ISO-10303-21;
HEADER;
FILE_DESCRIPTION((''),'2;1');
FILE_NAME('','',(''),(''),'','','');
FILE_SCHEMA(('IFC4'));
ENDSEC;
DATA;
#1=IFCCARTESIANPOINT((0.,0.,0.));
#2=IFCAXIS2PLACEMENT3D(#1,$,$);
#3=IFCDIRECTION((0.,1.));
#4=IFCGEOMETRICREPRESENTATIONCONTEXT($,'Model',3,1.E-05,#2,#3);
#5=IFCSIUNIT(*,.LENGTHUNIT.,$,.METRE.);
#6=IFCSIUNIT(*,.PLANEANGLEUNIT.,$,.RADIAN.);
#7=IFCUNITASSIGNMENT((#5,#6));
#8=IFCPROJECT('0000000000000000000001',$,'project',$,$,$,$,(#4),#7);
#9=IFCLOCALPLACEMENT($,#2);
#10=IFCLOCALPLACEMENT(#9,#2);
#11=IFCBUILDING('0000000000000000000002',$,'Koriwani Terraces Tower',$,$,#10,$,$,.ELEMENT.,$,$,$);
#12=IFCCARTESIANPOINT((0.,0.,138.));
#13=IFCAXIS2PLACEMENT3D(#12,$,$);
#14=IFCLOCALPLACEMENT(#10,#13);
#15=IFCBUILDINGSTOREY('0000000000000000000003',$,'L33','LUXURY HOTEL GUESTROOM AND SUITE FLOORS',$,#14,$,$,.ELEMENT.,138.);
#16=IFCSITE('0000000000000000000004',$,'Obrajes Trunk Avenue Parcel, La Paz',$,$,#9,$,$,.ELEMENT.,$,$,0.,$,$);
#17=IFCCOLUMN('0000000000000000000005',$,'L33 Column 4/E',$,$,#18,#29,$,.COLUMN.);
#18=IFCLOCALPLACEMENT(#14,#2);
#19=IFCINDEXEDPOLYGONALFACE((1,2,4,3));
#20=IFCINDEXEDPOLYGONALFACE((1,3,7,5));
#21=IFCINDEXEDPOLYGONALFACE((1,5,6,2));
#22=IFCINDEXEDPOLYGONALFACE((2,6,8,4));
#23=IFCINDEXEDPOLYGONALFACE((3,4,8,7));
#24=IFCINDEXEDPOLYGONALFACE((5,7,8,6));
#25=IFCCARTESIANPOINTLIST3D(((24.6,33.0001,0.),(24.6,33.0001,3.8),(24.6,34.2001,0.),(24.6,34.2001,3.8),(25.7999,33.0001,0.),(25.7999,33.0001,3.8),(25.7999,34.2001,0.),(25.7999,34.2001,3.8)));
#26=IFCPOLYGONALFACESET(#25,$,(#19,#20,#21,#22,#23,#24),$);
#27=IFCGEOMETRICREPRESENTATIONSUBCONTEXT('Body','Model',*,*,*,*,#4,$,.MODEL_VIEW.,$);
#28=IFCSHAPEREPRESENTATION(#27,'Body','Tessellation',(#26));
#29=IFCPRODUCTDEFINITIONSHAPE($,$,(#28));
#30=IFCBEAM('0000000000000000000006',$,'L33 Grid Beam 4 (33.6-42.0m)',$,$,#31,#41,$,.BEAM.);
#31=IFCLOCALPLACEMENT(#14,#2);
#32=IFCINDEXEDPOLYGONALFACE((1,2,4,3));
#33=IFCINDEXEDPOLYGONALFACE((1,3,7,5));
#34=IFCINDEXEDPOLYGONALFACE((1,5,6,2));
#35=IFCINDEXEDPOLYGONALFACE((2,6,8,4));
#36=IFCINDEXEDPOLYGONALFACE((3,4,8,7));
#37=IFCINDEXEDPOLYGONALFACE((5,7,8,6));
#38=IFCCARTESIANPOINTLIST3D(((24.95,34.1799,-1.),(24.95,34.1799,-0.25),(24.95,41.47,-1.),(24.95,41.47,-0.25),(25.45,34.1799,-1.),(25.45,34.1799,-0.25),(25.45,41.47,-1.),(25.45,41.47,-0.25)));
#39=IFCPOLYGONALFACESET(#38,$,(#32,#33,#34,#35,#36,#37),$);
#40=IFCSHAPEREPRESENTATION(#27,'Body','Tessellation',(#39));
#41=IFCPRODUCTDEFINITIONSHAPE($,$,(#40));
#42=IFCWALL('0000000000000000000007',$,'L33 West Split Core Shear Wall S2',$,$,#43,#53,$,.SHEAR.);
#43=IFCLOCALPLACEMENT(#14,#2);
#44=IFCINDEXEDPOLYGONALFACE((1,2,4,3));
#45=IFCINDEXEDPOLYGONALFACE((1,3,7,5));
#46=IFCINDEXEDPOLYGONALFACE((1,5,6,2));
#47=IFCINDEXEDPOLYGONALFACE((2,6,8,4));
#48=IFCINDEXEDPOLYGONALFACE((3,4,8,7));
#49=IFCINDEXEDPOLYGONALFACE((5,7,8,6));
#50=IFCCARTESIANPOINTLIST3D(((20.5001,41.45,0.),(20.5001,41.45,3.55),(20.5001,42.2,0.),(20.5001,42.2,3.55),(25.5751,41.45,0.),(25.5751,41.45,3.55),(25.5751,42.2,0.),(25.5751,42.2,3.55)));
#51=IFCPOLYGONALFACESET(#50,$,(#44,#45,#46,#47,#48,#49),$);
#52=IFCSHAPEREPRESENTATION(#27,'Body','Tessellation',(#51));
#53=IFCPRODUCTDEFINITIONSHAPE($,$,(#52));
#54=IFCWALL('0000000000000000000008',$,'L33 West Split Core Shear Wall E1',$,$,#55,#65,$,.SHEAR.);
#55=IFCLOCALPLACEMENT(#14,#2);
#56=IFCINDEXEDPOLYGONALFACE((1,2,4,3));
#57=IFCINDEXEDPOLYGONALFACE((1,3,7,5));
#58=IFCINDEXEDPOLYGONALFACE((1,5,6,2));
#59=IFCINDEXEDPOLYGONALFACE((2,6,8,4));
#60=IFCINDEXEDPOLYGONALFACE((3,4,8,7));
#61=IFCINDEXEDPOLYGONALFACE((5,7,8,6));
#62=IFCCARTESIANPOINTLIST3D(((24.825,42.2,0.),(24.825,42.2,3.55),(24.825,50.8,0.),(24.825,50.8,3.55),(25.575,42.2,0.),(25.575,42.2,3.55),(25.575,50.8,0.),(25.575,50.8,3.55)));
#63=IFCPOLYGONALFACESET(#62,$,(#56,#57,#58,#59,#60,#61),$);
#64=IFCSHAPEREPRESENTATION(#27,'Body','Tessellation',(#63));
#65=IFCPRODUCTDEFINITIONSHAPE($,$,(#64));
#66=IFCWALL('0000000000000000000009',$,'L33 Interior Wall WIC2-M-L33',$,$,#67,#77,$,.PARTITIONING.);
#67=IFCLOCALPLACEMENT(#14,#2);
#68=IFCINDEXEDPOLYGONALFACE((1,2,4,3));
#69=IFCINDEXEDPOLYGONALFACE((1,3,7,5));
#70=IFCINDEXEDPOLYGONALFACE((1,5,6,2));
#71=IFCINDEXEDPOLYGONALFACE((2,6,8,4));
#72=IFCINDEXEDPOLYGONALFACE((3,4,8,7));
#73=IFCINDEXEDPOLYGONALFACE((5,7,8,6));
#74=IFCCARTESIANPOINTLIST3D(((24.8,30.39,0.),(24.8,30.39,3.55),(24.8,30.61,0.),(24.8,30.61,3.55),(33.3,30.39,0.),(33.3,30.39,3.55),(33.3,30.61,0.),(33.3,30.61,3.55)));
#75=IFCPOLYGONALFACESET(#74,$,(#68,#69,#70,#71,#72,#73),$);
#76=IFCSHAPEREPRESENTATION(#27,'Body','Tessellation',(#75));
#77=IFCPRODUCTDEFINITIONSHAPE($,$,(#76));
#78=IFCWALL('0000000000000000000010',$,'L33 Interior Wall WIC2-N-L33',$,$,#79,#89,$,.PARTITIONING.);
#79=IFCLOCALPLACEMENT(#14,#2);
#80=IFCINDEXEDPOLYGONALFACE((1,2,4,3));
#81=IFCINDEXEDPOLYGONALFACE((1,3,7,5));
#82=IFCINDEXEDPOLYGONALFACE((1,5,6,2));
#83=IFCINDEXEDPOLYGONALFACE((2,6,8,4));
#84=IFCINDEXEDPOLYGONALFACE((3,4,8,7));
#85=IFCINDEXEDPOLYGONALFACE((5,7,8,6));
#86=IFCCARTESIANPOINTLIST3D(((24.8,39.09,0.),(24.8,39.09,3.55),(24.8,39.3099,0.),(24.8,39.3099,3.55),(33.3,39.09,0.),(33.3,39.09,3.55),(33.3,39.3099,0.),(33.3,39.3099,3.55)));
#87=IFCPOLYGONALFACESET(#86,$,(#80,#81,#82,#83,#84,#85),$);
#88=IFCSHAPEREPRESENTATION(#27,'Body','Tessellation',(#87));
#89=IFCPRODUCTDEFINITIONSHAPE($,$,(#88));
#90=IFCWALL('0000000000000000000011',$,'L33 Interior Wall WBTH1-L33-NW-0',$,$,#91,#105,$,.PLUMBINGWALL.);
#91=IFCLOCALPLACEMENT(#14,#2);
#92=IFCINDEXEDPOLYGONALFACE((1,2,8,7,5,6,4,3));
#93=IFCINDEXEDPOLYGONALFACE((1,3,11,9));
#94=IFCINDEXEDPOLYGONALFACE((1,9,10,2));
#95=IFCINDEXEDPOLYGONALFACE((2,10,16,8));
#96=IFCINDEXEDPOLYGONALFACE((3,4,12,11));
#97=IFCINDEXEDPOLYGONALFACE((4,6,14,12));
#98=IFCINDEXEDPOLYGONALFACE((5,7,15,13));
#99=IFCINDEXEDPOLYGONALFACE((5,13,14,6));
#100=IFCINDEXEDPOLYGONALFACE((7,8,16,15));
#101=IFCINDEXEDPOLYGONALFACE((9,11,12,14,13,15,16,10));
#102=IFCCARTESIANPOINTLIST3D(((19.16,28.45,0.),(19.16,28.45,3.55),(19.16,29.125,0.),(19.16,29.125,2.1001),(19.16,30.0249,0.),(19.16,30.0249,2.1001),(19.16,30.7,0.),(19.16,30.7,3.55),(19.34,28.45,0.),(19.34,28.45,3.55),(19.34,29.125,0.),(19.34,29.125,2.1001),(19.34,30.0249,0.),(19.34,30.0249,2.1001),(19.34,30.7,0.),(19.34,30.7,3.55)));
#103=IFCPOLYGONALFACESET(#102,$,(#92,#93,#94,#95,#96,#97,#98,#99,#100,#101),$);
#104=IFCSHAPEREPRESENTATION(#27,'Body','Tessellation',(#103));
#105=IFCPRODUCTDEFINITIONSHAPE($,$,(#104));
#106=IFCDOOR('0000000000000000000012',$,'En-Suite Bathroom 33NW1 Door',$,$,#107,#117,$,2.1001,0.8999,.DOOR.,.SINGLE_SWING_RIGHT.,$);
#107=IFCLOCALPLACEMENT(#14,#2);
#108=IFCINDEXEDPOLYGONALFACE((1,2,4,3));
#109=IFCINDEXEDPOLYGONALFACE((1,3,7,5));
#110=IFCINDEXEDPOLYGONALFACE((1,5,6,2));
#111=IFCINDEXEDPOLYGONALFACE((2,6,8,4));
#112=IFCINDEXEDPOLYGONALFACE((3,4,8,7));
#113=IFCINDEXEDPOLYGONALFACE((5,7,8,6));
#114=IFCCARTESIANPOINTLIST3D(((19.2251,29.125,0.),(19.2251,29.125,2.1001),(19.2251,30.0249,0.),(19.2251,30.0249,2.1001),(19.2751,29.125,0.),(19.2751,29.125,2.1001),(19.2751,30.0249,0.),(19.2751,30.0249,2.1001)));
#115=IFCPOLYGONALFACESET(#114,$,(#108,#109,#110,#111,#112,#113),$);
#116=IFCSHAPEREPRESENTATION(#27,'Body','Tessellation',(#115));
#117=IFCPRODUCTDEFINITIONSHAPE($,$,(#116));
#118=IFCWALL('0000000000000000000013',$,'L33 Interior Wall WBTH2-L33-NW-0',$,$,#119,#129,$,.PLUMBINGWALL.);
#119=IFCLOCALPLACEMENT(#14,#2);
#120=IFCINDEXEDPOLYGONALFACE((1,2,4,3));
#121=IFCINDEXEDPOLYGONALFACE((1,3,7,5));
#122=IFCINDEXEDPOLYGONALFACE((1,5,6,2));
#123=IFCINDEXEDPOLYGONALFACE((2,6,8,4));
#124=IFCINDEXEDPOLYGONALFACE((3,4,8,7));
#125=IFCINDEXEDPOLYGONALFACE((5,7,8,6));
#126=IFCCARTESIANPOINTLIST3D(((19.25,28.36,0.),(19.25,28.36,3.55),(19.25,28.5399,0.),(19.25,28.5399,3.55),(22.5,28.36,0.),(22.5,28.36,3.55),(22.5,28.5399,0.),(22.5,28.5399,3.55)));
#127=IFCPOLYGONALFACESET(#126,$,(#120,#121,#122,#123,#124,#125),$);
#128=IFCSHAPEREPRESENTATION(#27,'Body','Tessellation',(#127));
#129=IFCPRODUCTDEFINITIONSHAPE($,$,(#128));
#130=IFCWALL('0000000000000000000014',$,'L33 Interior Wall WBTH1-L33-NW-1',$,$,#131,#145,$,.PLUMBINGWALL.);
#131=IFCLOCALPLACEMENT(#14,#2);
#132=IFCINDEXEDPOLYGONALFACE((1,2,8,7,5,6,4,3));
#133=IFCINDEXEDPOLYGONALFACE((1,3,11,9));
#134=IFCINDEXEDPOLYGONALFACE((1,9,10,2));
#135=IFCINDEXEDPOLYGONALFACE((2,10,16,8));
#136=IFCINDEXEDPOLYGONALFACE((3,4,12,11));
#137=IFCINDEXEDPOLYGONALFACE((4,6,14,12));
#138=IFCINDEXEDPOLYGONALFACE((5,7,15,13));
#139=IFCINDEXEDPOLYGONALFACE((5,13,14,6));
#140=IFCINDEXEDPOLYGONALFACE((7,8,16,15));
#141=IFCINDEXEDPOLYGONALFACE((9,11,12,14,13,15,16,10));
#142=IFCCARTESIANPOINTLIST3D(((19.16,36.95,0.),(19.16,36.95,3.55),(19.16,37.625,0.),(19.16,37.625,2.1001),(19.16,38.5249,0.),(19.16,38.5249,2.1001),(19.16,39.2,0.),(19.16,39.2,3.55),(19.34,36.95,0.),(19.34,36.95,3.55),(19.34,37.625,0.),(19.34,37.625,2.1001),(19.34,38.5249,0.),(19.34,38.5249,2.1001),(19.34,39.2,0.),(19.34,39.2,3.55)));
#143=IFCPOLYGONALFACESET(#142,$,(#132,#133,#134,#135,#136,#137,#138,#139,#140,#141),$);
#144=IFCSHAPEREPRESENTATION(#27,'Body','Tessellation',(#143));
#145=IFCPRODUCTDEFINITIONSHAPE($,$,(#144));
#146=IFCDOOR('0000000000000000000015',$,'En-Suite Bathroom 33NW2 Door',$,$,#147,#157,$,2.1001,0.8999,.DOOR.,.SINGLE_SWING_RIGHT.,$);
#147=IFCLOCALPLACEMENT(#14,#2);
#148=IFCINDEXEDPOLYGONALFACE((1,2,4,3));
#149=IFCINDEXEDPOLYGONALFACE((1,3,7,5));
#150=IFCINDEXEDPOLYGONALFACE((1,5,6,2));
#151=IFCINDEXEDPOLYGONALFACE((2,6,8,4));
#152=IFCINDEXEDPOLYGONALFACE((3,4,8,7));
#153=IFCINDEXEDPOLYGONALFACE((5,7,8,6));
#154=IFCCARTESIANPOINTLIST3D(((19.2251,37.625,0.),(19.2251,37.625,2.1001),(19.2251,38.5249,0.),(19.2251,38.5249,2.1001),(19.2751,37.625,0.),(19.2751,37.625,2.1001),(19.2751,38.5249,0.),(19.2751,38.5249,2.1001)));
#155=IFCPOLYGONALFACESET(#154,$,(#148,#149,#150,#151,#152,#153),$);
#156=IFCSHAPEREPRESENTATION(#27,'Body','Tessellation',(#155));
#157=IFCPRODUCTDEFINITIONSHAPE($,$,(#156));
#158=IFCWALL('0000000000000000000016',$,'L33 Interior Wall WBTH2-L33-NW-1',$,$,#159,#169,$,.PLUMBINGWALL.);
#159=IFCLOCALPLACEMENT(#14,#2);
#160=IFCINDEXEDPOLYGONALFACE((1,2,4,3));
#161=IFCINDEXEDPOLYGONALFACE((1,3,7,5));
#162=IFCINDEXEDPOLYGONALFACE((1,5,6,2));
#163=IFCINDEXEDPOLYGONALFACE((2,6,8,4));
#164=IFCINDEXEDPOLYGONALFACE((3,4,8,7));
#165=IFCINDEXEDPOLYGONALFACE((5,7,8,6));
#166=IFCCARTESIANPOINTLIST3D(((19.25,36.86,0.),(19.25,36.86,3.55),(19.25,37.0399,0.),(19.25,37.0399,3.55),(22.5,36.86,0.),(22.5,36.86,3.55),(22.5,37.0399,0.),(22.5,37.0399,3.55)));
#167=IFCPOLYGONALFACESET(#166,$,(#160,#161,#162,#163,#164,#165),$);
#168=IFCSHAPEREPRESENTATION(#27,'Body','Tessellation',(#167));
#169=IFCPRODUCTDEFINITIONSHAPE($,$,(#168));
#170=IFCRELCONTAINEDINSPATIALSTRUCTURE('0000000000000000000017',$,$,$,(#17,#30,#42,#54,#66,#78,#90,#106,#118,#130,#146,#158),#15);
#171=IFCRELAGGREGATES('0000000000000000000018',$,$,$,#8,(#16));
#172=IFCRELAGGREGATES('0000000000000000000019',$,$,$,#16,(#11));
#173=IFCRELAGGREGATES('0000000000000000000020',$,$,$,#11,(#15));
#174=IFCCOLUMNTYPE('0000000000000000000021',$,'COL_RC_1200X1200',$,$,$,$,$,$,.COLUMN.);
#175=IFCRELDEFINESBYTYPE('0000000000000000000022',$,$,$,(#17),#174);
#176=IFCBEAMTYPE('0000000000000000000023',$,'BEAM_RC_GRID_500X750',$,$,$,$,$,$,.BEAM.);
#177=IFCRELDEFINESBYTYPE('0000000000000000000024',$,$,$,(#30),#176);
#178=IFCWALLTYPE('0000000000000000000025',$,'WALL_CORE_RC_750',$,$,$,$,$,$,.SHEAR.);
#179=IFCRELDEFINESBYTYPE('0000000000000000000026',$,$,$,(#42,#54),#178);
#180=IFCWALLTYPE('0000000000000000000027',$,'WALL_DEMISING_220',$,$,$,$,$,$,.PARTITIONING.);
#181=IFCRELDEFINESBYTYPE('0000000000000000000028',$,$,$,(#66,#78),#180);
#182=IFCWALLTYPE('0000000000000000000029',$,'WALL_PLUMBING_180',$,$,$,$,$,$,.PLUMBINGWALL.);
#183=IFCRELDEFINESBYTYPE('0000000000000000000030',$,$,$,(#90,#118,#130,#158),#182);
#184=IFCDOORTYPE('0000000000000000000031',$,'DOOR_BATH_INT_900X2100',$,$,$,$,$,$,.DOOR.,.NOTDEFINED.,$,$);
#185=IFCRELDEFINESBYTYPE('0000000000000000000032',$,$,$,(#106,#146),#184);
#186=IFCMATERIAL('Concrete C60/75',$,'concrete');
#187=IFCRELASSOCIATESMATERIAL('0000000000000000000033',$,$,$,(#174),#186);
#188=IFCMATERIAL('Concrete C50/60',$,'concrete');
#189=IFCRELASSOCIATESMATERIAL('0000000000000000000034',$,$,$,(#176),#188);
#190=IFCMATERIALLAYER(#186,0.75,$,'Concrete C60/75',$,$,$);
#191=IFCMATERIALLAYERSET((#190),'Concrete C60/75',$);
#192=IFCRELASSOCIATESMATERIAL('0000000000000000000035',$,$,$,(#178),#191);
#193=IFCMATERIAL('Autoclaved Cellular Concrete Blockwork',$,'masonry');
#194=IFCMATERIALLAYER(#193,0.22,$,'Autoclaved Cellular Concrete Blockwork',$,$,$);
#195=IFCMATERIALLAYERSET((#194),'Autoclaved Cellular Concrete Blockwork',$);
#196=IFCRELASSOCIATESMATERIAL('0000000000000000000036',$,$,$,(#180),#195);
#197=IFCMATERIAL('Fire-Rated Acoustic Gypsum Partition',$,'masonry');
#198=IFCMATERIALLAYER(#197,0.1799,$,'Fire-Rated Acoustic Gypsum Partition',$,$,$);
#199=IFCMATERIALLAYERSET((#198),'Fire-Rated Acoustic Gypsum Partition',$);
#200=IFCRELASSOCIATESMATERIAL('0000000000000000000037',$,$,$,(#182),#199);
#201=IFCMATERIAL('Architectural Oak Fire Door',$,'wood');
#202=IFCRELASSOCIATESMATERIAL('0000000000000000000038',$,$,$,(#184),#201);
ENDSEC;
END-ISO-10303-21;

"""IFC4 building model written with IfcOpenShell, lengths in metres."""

from ifc_helpers import new_model, si_unit, direction, frame, frame_2d, origin, origin_2d, place, context, subcontext, project, spatial, rectangle, extrude, material, layer, layer_set, material_profile, profile_set, type_object, element, fill, save


model = new_model("IFC4")

# Units and contexts
model_context = context("Model", 3, precision=1e-05, world=origin(), true_north=direction((0.0, 1.0)))
body_context = subcontext(model_context, "Body", "Model", "MODEL_VIEW")
ifc_project = project(units=[si_unit("LENGTHUNIT", "METRE"), si_unit("PLANEANGLEUNIT", "RADIAN")], contexts=[model_context])

# Site, building, storey
site_placement = place(None, origin())
site = spatial("IfcSite", under=ifc_project, at=site_placement, Name="Obrajes Trunk Avenue Parcel, La Paz", CompositionType="ELEMENT", RefElevation=0.0)
building_placement = place(site_placement, origin())
building = spatial("IfcBuilding", under=site, at=building_placement, Name="Koriwani Terraces Tower", CompositionType="ELEMENT")
storey_placement = place(building_placement, frame((0.0, 0.0, 138.0)))
storey = spatial("IfcBuildingStorey", under=building, at=storey_placement, Name="L33", Description="LUXURY HOTEL GUESTROOM AND SUITE FLOORS", CompositionType="ELEMENT", Elevation=138.0)

# Column
ifc_material_1 = material(Name="Concrete C60/75", Category="concrete")
ifc_material_profile_1 = material_profile(ifc_material_1, rectangle(XDim=1.2, YDim=1.2, at=origin_2d()), Name="Concrete C60/75", Category="LoadBearing")
ifc_profile_set_1 = profile_set([ifc_material_profile_1], Name="Concrete C60/75")
column_type = type_object("IfcColumnType", Name="COL_RC_1200X1200", PredefinedType="COLUMN", material=ifc_profile_set_1)
column_placement = place(storey_placement, frame((25.2, 33.6001, 0.0), z_axis=(0.0, 0.0, 1.0), x_axis=(1.0, 0.0, 0.0)))
element("IfcColumn", 1, at=column_placement, inside=storey, type_object=column_type, Name="L33 Column 4/E", PredefinedType="COLUMN", context=body_context, shape_type="SweptSolid", body=[
    extrude(rectangle(XDim=1.2, YDim=1.2, at=origin_2d()), origin(), (0.0, 0.0, 1.0), 3.8),
])

# Beam
ifc_material_2 = material(Name="Concrete C50/60", Category="concrete")
ifc_material_profile_2 = material_profile(ifc_material_2, rectangle(XDim=0.5, YDim=0.75, at=origin_2d()), Name="Concrete C50/60", Category="LoadBearing")
ifc_profile_set_2 = profile_set([ifc_material_profile_2], Name="Concrete C50/60")
beam_type = type_object("IfcBeamType", Name="BEAM_RC_GRID_500X750", PredefinedType="BEAM", material=ifc_profile_set_2)
beam_placement = place(storey_placement, frame((25.2, 34.1799, -0.625), z_axis=(0.0, 1.0, 0.0), x_axis=(-1.0, 0.0, 0.0)))
element("IfcBeam", 2, at=beam_placement, inside=storey, type_object=beam_type, Name="L33 Grid Beam 4 (33.6-42.0m)", PredefinedType="BEAM", context=body_context, shape_type="SweptSolid", body=[
    extrude(rectangle(XDim=0.5, YDim=0.75, at=origin_2d()), origin(), (0.0, 0.0, 1.0), 7.29),
])

# Walls
ifc_layer_1 = layer(ifc_material_1, 0.75, Name="Concrete C60/75")
ifc_layer_set_1 = layer_set([ifc_layer_1], Name="Concrete C60/75")
wall_type_1 = type_object("IfcWallType", Name="WALL_CORE_RC_750", PredefinedType="SHEAR", material=ifc_layer_set_1)
wall_1_placement = place(storey_placement, frame((20.5, 41.825, 0.0), z_axis=(0.0, 0.0, 1.0), x_axis=(1.0, 0.0, 0.0)))
element("IfcWall", 3, at=wall_1_placement, inside=storey, type_object=wall_type_1, Name="L33 West Split Core Shear Wall S2", PredefinedType="SHEAR", context=body_context, shape_type="SweptSolid", body=[
    extrude(rectangle(XDim=5.075, YDim=0.75, at=frame_2d((2.5376, 0.0))), origin(), (0.0, 0.0, 1.0), 3.55),
])
wall_2_placement = place(storey_placement, frame((25.2, 42.2, 0.0), z_axis=(0.0, 0.0, 1.0), x_axis=(0.0, 1.0, 0.0)))
element("IfcWall", 4, at=wall_2_placement, inside=storey, type_object=wall_type_1, Name="L33 West Split Core Shear Wall E1", PredefinedType="SHEAR", context=body_context, shape_type="SweptSolid", body=[
    extrude(rectangle(XDim=8.6001, YDim=0.75, at=frame_2d((4.3, 0.0))), origin(), (0.0, 0.0, 1.0), 3.55),
])
ifc_material_3 = material(Name="Autoclaved Cellular Concrete Blockwork", Category="masonry")
ifc_layer_2 = layer(ifc_material_3, 0.22, Name="Autoclaved Cellular Concrete Blockwork")
ifc_layer_set_2 = layer_set([ifc_layer_2], Name="Autoclaved Cellular Concrete Blockwork")
wall_type_2 = type_object("IfcWallType", Name="WALL_DEMISING_220", PredefinedType="PARTITIONING", material=ifc_layer_set_2)
for number, where, z_axis, x_axis, name in (
    (5, (24.8, 30.5, 0.0), (0.0, 0.0, 1.0), (1.0, 0.0, 0.0), "L33 Interior Wall WIC2-M-L33"),
    (6, (24.8, 39.2, 0.0), (0.0, 0.0, 1.0), (1.0, 0.0, 0.0), "L33 Interior Wall WIC2-N-L33"),
):
    element("IfcWall", number, at=place(storey_placement, frame(where, z_axis=z_axis, x_axis=x_axis)), inside=storey, type_object=wall_type_2, Name=name, PredefinedType="PARTITIONING", context=body_context, shape_type="SweptSolid", body=[
        extrude(rectangle(XDim=8.5, YDim=0.22, at=frame_2d((4.25, 0.0))), origin(), (0.0, 0.0, 1.0), 3.55),
    ])

# Wall, opening, door
ifc_material_4 = material(Name="Fire-Rated Acoustic Gypsum Partition", Category="masonry")
ifc_layer_3 = layer(ifc_material_4, 0.1799, Name="Fire-Rated Acoustic Gypsum Partition")
ifc_layer_set_3 = layer_set([ifc_layer_3], Name="Fire-Rated Acoustic Gypsum Partition")
wall_type_3 = type_object("IfcWallType", Name="WALL_PLUMBING_180", PredefinedType="PLUMBINGWALL", material=ifc_layer_set_3)
wall_3_placement = place(storey_placement, frame((19.25, 28.45, 0.0), z_axis=(0.0, 0.0, 1.0), x_axis=(0.0, 1.0, 0.0)))
wall_3 = element("IfcWall", 7, at=wall_3_placement, inside=storey, type_object=wall_type_3, Name="L33 Interior Wall WBTH1-L33-NW-0", PredefinedType="PLUMBINGWALL", context=body_context, shape_type="SweptSolid", body=[
    extrude(rectangle(XDim=2.25, YDim=0.1799, at=frame_2d((1.125, 0.0))), origin(), (0.0, 0.0, 1.0), 3.55),
])
opening_1_placement = place(wall_3_placement, frame((0.675, 0.0, 0.0)))
opening_1 = element("IfcOpeningElement", 8, at=opening_1_placement, cuts=wall_3, PredefinedType="OPENING", context=body_context, shape_type="SweptSolid", body=[
    extrude(rectangle(XDim=0.8999, YDim=2.1001, at=frame_2d((0.45, 1.05))), frame((0.0, 0.1001, 0.0), z_axis=(0.0, -1.0, 0.0), x_axis=(1.0, 0.0, 0.0)), (0.0, 0.0, 1.0), 0.2),
])
ifc_material_5 = material(Name="Architectural Oak Fire Door", Category="wood")
door_type_1 = type_object("IfcDoorType", Name="DOOR_BATH_INT_900X2100", OperationType="NOTDEFINED", PredefinedType="DOOR", material=ifc_material_5)
door_1_placement = place(opening_1_placement, origin())
door_1 = element("IfcDoor", 9, at=door_1_placement, inside=storey, type_object=door_type_1, Name="En-Suite Bathroom 33NW1 Door", OperationType="SINGLE_SWING_RIGHT", OverallHeight=2.1001, OverallWidth=0.8999, PredefinedType="DOOR", context=body_context, shape_type="SweptSolid", body=[
    extrude(rectangle(XDim=0.8999, YDim=2.1001, at=frame_2d((0.45, 1.05))), frame((0.0, 0.0249, 0.0), z_axis=(0.0, -1.0, 0.0), x_axis=(1.0, 0.0, 0.0)), (0.0, 0.0, 1.0), 0.05),
])
fill(opening_1, door_1)

# Wall
wall_4_placement = place(storey_placement, frame((19.25, 28.45, 0.0), z_axis=(0.0, 0.0, 1.0), x_axis=(1.0, 0.0, 0.0)))
element("IfcWall", 10, at=wall_4_placement, inside=storey, type_object=wall_type_3, Name="L33 Interior Wall WBTH2-L33-NW-0", PredefinedType="PLUMBINGWALL", context=body_context, shape_type="SweptSolid", body=[
    extrude(rectangle(XDim=3.25, YDim=0.1799, at=frame_2d((1.625, 0.0))), origin(), (0.0, 0.0, 1.0), 3.55),
])

# Wall, opening, door
wall_5_placement = place(storey_placement, frame((19.25, 36.95, 0.0), z_axis=(0.0, 0.0, 1.0), x_axis=(0.0, 1.0, 0.0)))
wall_5 = element("IfcWall", 11, at=wall_5_placement, inside=storey, type_object=wall_type_3, Name="L33 Interior Wall WBTH1-L33-NW-1", PredefinedType="PLUMBINGWALL", context=body_context, shape_type="SweptSolid", body=[
    extrude(rectangle(XDim=2.25, YDim=0.1799, at=frame_2d((1.125, 0.0))), origin(), (0.0, 0.0, 1.0), 3.55),
])
opening_2_placement = place(wall_5_placement, frame((0.675, 0.0, 0.0)))
opening_2 = element("IfcOpeningElement", 12, at=opening_2_placement, cuts=wall_5, PredefinedType="OPENING", context=body_context, shape_type="SweptSolid", body=[
    extrude(rectangle(XDim=0.8999, YDim=2.1001, at=frame_2d((0.45, 1.05))), frame((0.0, 0.1001, 0.0), z_axis=(0.0, -1.0, 0.0), x_axis=(1.0, 0.0, 0.0)), (0.0, 0.0, 1.0), 0.2),
])
door_2_placement = place(opening_2_placement, origin())
door_2 = element("IfcDoor", 13, at=door_2_placement, inside=storey, type_object=door_type_1, Name="En-Suite Bathroom 33NW2 Door", OperationType="SINGLE_SWING_RIGHT", OverallHeight=2.1001, OverallWidth=0.8999, PredefinedType="DOOR", context=body_context, shape_type="SweptSolid", body=[
    extrude(rectangle(XDim=0.8999, YDim=2.1001, at=frame_2d((0.45, 1.05))), frame((0.0, 0.0249, 0.0), z_axis=(0.0, -1.0, 0.0), x_axis=(1.0, 0.0, 0.0)), (0.0, 0.0, 1.0), 0.05),
])
fill(opening_2, door_2)

# Wall
wall_6_placement = place(storey_placement, frame((19.25, 36.95, 0.0), z_axis=(0.0, 0.0, 1.0), x_axis=(1.0, 0.0, 0.0)))
element("IfcWall", 14, at=wall_6_placement, inside=storey, type_object=wall_type_3, Name="L33 Interior Wall WBTH2-L33-NW-1", PredefinedType="PLUMBINGWALL", context=body_context, shape_type="SweptSolid", body=[
    extrude(rectangle(XDim=3.25, YDim=0.1799, at=frame_2d((1.625, 0.0))), origin(), (0.0, 0.0, 1.0), 3.55),
])

save(model, "model.ifc")
